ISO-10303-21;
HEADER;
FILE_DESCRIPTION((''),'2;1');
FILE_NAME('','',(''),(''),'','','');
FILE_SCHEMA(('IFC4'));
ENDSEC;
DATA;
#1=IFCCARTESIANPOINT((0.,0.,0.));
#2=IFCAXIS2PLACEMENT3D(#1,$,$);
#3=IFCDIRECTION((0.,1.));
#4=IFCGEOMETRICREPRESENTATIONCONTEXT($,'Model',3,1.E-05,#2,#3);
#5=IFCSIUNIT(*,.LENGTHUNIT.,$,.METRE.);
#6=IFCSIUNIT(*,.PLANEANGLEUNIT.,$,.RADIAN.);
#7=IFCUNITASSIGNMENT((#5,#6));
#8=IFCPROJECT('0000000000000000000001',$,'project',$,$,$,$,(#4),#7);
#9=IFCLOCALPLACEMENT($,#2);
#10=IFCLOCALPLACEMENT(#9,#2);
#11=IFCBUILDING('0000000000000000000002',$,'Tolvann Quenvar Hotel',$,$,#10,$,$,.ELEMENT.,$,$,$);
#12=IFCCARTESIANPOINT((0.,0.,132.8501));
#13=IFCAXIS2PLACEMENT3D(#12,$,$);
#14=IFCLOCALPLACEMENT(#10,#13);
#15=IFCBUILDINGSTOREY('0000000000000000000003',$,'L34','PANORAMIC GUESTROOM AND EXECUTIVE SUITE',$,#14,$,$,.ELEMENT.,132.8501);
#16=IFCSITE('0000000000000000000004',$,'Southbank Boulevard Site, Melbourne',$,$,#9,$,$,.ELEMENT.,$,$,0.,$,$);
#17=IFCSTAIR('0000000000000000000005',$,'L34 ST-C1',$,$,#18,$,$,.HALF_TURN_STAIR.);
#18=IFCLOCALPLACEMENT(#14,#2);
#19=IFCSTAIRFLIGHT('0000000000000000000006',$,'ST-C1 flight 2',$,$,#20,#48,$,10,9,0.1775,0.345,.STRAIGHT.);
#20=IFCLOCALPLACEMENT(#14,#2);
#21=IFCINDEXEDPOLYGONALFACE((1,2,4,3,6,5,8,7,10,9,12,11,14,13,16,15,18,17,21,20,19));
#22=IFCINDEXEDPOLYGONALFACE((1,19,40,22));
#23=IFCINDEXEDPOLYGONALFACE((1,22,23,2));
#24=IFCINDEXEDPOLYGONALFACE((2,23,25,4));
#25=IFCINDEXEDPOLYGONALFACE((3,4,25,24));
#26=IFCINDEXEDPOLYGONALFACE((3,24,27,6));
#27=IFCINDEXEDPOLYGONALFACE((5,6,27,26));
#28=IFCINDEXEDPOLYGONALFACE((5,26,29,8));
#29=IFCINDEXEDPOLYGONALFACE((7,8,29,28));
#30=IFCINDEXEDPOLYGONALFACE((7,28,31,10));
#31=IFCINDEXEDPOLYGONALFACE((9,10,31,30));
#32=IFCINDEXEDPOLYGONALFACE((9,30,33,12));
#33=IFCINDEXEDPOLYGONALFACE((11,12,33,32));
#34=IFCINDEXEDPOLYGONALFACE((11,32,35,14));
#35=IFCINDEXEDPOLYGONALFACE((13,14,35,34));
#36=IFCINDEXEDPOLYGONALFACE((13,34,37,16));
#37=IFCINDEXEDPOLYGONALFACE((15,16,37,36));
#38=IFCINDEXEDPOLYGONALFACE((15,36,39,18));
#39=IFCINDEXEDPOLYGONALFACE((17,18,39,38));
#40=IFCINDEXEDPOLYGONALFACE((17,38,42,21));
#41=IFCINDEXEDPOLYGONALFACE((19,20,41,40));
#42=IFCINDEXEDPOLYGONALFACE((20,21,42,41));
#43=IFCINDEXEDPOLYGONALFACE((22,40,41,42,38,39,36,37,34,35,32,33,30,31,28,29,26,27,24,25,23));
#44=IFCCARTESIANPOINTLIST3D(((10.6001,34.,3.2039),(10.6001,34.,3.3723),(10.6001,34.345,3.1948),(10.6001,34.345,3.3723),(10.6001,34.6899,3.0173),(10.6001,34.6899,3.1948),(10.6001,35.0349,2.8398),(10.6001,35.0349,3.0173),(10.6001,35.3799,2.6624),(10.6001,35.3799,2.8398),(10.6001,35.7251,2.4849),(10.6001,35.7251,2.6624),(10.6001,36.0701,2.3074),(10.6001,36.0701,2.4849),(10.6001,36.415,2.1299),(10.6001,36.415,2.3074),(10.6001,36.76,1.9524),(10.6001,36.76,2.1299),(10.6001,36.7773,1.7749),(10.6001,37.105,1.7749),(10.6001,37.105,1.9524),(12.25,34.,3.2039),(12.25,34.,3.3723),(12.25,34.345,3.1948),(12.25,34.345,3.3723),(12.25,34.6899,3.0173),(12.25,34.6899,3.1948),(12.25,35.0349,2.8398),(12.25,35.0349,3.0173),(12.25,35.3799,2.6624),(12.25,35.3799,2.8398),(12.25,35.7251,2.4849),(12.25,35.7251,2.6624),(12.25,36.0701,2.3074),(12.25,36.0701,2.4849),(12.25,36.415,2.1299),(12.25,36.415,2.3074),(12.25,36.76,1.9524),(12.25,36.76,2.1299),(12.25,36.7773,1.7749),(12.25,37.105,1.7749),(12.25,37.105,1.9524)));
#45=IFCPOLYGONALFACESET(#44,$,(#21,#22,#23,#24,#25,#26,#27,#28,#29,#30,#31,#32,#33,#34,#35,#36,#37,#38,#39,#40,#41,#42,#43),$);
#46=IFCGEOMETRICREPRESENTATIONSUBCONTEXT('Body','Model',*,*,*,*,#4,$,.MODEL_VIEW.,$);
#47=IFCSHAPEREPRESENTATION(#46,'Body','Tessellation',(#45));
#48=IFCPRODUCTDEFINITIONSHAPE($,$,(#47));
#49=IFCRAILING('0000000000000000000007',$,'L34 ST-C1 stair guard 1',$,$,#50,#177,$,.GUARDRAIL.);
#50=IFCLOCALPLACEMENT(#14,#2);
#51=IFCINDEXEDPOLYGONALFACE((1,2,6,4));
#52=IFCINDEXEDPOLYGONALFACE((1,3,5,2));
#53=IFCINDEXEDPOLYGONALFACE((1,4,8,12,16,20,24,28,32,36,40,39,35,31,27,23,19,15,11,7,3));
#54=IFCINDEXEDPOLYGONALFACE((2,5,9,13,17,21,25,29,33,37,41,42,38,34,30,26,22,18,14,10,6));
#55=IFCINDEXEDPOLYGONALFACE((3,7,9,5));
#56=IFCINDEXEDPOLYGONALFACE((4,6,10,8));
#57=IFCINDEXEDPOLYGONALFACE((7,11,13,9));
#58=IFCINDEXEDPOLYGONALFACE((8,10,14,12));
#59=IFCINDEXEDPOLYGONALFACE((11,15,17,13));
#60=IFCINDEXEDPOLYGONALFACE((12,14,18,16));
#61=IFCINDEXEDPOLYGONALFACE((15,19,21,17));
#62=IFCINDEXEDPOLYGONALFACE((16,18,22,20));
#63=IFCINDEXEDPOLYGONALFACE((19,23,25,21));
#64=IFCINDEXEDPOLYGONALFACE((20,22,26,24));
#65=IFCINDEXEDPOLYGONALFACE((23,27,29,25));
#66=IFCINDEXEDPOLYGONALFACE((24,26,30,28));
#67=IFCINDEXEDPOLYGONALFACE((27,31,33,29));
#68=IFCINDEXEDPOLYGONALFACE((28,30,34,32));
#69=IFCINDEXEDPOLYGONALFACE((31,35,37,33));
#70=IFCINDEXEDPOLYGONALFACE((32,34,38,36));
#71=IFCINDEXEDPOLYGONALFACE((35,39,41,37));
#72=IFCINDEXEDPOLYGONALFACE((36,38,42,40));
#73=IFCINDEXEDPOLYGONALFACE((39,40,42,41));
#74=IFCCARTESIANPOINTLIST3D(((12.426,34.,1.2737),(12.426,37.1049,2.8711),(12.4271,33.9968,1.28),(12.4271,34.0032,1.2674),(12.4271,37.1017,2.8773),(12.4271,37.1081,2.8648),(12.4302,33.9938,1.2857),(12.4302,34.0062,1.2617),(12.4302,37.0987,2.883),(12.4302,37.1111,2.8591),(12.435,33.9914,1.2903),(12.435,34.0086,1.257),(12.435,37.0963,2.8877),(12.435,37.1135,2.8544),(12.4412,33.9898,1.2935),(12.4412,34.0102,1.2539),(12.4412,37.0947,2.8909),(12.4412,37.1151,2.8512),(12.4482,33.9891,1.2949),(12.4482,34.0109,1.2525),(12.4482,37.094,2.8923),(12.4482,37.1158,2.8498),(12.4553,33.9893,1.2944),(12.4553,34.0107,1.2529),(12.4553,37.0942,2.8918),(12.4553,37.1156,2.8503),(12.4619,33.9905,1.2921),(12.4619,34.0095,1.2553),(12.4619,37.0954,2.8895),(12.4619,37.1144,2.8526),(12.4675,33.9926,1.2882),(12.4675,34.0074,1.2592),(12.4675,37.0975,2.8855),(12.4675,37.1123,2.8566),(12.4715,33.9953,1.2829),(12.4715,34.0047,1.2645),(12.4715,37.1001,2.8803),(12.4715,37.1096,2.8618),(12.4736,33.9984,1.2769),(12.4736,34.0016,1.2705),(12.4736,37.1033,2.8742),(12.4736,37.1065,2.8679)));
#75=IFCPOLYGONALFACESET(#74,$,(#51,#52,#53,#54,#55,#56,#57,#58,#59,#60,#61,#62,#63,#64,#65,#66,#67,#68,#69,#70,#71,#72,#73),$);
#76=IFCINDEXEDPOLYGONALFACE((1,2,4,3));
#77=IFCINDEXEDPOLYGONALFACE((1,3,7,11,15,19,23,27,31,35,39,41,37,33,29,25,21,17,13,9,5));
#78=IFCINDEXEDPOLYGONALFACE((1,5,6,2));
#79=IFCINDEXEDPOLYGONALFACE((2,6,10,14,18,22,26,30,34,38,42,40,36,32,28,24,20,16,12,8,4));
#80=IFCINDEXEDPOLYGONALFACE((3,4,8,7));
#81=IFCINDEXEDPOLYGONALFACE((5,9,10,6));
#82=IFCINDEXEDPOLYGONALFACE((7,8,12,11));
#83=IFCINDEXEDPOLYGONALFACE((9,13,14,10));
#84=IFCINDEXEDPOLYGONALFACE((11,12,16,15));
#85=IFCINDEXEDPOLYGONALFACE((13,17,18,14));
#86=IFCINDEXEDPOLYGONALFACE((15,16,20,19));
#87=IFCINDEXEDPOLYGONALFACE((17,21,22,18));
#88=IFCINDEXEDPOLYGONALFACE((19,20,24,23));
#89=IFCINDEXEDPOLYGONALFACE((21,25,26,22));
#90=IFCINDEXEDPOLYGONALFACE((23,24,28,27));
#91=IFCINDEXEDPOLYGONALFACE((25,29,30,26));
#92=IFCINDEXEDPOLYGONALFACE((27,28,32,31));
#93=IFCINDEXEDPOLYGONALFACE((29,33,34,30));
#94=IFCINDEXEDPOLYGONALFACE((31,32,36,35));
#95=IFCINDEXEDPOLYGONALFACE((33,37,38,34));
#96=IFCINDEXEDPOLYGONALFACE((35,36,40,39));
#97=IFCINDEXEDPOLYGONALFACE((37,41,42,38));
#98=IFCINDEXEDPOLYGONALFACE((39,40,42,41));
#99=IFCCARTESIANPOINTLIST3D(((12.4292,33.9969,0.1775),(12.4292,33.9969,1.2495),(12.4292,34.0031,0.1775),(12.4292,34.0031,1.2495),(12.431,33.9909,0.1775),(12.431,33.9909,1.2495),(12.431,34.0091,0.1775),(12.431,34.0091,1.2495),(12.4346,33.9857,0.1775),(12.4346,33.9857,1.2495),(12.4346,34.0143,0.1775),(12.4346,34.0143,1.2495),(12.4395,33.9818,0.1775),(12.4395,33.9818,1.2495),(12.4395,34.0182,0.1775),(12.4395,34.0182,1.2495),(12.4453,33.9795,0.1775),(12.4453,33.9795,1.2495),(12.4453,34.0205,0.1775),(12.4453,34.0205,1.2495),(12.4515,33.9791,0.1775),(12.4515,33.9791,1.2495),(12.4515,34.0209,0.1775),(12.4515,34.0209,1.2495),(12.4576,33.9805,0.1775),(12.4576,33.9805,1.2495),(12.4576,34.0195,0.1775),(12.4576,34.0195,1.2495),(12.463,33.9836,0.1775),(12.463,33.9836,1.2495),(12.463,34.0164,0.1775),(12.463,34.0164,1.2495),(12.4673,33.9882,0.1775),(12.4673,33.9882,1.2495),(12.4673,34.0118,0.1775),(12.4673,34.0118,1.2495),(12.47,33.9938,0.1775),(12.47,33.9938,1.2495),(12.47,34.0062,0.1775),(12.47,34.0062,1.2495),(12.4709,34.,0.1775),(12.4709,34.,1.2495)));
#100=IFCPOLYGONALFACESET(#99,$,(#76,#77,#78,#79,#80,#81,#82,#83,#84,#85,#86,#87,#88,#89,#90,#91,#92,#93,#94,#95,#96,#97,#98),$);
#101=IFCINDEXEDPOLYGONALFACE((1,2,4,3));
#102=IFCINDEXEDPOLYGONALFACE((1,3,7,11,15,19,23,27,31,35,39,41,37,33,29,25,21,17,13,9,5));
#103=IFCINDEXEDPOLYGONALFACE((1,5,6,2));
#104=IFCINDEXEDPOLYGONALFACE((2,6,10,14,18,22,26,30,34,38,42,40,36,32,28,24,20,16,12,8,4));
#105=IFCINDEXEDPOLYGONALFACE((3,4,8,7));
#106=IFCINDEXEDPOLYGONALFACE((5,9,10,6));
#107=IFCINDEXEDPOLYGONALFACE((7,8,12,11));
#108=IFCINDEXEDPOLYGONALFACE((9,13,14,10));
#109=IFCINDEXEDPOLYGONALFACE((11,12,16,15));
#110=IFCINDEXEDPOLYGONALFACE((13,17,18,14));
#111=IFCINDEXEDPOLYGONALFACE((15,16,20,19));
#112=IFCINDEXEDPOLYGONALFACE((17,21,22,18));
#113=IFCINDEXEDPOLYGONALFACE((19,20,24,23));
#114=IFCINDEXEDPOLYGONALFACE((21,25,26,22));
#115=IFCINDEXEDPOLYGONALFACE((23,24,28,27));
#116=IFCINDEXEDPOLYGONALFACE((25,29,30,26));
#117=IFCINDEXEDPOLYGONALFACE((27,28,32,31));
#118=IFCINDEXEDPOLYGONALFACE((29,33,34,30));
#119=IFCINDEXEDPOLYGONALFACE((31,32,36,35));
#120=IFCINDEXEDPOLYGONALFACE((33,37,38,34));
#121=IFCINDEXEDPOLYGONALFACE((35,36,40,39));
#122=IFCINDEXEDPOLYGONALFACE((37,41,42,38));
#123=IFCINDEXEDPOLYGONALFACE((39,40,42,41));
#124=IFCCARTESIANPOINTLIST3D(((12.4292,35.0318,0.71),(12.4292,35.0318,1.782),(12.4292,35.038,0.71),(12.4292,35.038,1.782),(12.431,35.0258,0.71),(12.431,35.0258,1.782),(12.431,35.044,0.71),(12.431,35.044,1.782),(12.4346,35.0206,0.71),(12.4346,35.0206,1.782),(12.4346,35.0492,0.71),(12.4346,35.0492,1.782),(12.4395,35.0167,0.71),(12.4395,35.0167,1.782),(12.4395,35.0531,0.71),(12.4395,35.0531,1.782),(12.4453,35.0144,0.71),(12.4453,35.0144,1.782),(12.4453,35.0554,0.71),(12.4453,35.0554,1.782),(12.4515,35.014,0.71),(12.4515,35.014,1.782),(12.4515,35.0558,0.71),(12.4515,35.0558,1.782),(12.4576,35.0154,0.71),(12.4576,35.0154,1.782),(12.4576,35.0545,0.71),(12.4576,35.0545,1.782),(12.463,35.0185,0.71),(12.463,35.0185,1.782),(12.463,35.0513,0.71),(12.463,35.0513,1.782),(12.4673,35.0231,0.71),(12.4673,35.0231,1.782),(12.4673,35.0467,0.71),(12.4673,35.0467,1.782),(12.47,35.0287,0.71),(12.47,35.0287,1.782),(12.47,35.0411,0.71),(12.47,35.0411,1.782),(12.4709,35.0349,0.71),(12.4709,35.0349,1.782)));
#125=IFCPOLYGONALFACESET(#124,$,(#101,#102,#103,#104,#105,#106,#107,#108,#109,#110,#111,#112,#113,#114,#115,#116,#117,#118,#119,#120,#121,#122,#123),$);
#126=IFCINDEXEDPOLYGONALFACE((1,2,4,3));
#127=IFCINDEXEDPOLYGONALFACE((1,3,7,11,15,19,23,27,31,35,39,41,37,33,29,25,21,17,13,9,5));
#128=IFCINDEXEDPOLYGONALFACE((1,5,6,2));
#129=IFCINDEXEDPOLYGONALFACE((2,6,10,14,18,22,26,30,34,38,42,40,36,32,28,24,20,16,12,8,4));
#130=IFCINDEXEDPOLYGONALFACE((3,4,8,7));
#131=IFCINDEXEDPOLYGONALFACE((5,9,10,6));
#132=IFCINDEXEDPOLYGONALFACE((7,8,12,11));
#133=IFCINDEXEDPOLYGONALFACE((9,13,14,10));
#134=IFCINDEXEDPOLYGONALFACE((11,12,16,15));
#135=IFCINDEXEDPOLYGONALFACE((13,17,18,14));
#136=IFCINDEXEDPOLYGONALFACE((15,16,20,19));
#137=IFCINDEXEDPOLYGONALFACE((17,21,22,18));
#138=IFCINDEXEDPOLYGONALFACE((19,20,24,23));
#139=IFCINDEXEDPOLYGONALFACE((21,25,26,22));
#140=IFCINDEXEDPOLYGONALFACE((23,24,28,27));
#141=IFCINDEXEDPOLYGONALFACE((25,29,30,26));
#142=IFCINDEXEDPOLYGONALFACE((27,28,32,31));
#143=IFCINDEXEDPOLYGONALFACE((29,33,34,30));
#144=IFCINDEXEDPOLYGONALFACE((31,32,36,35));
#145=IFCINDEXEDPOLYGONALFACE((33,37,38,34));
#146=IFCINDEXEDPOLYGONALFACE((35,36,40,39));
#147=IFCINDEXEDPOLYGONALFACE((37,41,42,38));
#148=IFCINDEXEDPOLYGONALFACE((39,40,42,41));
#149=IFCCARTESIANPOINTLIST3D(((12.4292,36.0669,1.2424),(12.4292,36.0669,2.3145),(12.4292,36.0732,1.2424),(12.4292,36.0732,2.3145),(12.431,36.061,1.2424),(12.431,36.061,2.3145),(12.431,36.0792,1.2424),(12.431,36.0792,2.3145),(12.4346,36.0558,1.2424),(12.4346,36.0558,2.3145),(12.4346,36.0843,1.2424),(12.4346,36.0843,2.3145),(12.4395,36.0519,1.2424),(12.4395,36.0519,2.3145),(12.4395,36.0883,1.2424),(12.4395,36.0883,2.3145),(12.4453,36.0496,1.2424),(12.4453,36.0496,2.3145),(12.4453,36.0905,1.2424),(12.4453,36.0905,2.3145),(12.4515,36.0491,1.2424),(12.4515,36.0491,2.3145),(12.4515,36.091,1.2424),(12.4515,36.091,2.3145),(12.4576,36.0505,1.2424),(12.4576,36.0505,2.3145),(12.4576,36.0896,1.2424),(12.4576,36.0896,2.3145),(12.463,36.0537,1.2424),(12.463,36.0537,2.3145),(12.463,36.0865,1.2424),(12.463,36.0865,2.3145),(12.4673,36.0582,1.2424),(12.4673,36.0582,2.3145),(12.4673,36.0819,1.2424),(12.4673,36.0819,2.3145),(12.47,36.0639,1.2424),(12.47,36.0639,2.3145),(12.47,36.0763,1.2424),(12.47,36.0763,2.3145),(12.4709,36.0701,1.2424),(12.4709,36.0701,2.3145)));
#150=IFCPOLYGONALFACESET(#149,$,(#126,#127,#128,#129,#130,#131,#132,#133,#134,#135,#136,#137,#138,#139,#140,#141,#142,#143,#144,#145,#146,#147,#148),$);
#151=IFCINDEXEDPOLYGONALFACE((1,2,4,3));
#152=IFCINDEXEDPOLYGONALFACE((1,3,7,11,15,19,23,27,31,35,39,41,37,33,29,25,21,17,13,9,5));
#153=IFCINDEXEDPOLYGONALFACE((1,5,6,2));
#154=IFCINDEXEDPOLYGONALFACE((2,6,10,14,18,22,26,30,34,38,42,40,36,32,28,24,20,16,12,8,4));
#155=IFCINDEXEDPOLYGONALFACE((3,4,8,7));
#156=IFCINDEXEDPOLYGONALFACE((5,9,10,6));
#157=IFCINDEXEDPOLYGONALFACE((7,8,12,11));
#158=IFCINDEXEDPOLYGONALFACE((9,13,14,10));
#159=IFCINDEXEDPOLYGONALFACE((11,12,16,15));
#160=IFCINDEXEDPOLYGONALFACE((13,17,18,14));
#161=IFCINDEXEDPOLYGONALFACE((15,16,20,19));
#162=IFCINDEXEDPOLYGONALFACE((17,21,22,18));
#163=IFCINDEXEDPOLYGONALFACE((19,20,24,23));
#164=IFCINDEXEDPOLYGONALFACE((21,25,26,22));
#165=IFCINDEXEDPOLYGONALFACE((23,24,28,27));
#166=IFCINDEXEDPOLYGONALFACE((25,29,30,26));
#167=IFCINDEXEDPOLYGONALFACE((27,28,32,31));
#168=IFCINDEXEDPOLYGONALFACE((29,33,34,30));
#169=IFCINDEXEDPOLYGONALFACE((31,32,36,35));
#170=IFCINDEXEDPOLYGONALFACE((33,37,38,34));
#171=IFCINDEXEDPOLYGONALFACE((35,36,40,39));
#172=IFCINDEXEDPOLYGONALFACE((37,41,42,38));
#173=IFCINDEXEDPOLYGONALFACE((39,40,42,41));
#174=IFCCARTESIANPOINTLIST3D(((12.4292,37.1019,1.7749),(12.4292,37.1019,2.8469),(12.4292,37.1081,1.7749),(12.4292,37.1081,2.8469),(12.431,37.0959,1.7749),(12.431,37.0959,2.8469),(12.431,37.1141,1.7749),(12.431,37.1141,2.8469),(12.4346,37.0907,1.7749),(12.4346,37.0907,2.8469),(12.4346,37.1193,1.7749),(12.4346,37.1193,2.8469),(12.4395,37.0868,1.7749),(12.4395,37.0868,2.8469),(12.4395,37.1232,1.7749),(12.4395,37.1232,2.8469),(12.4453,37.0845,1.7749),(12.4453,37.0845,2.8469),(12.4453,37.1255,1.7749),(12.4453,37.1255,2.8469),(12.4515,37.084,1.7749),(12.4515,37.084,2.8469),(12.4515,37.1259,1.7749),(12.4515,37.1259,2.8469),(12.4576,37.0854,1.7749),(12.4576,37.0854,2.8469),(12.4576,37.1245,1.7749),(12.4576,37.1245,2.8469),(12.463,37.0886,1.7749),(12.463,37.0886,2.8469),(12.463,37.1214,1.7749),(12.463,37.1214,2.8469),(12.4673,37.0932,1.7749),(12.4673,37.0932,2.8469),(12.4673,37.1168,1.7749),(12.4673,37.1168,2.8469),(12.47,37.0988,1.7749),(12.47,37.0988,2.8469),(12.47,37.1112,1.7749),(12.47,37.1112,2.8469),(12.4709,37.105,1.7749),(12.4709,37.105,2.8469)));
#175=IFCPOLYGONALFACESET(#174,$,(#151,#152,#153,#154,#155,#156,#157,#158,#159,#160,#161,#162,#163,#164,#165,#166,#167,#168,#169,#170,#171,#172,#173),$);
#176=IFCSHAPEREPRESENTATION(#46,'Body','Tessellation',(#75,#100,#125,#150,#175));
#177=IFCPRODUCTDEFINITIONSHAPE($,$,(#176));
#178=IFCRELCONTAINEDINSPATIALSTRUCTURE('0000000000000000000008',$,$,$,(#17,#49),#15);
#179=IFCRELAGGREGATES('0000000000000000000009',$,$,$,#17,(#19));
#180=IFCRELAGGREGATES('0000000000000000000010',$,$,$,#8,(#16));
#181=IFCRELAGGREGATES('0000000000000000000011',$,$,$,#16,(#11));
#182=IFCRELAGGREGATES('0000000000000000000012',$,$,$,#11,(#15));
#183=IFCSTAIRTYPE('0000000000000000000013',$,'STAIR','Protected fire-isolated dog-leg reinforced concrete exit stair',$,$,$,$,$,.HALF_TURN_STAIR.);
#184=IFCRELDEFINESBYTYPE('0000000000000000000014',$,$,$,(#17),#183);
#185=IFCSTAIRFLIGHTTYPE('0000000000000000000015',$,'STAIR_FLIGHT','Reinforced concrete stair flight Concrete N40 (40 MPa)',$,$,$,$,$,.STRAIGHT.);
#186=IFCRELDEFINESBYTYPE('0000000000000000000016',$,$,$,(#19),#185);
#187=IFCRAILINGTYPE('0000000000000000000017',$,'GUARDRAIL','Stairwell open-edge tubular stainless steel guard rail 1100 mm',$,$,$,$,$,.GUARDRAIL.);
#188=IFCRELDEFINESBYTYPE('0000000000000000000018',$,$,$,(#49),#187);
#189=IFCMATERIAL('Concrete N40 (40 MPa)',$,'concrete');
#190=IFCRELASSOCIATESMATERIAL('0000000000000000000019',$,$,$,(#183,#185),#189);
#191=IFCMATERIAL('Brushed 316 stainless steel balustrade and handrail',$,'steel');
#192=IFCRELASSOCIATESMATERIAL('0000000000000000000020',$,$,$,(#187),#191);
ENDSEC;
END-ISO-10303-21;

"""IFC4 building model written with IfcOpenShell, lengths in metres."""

from ifc_helpers import new_model, si_unit, direction, frame, origin, origin_2d, place, context, subcontext, project, spatial, polyline, circle, outline, extrude, material, type_object, element, aggregate, save


model = new_model("IFC4")

# Units and contexts
model_context = context("Model", 3, precision=1e-05, world=origin(), true_north=direction((0.0, 1.0)))
body_context = subcontext(model_context, "Body", "Model", "MODEL_VIEW")
ifc_project = project(units=[si_unit("LENGTHUNIT", "METRE"), si_unit("PLANEANGLEUNIT", "RADIAN")], contexts=[model_context])

# Site, building, storey
site_placement = place(None, origin())
site = spatial("IfcSite", under=ifc_project, at=site_placement, Name="Southbank Boulevard Site, Melbourne", CompositionType="ELEMENT", RefElevation=0.0)
building_placement = place(site_placement, origin())
building = spatial("IfcBuilding", under=site, at=building_placement, Name="Tolvann Quenvar Hotel", CompositionType="ELEMENT")
storey_placement = place(building_placement, frame((0.0, 0.0, 132.8501)))
storey = spatial("IfcBuildingStorey", under=building, at=storey_placement, Name="L34", Description="PANORAMIC GUESTROOM AND EXECUTIVE SUITE", CompositionType="ELEMENT", Elevation=132.8501)

# Shared definitions
ifc_material_1 = material(Name="Concrete N40 (40 MPa)", Category="concrete")

# Stair, stair flight
stair_type = type_object("IfcStairType", Name="STAIR", Description="Protected fire-isolated dog-leg reinforced concrete exit stair", PredefinedType="HALF_TURN_STAIR", material=ifc_material_1)
stair_placement = place(storey_placement, origin())
stair = element("IfcStair", 1, at=stair_placement, inside=storey, type_object=stair_type, Name="L34 ST-C1", PredefinedType="HALF_TURN_STAIR")
stair_flight_type = type_object("IfcStairFlightType", Name="STAIR_FLIGHT", Description="Reinforced concrete stair flight Concrete N40 (40 MPa)", PredefinedType="STRAIGHT", material=ifc_material_1)
stair_flight_1_placement = place(storey_placement, frame((11.425, 37.105, 1.7749), z_axis=(0.0, 0.0, 1.0), x_axis=(0.0, -1.0, 0.0)))
stair_flight_1 = element("IfcStairFlight", 2, at=stair_flight_1_placement, type_object=stair_flight_type, Name="ST-C1 flight 2", NumberOfRisers=10, NumberOfTreads=9, PredefinedType="STRAIGHT", RiserHeight=0.1775, TreadLength=0.345, context=body_context, shape_type="SweptSolid", body=[
    extrude(outline(polyline([(0.0, 0.0), (0.0, 0.1775), (0.345, 0.1775), (0.345, 0.355), (0.6899, 0.355), (0.6899, 0.5325), (1.0349, 0.5325), (1.0349, 0.71), (1.3799, 0.71), (1.3799, 0.8875), (1.7251, 0.8875), (1.7251, 1.0649), (2.0701, 1.0649), (2.0701, 1.2424), (2.415, 1.2424), (2.415, 1.4199), (2.76, 1.4199), (2.76, 1.5974), (3.105, 1.5974), (3.105, 1.7749), (3.105, 1.429), (0.3276, 0.0), (0.0, 0.0)])), frame((0.0, 0.825, 0.0), z_axis=(0.0, -1.0, 0.0), x_axis=(1.0, 0.0, 0.0)), (0.0, 0.0, 1.0), 1.6499),
])
aggregate(stair, [stair_flight_1])

# Railing
ifc_material_2 = material(Name="Brushed 316 stainless steel balustrade and handrail", Category="steel")
railing_type_1 = type_object("IfcRailingType", Name="GUARDRAIL", Description="Stairwell open-edge tubular stainless steel guard rail 1100 mm", PredefinedType="GUARDRAIL", material=ifc_material_2)
railing_1_placement = place(storey_placement, frame((12.45, 34.0, 0.1775)))
element("IfcRailing", 3, at=railing_1_placement, inside=storey, type_object=railing_type_1, Name="L34 ST-C1 stair guard 1", PredefinedType="GUARDRAIL", context=body_context, shape_type="SweptSolid", body=[
    extrude(circle(Radius=0.0239, at=origin_2d()), frame((0.0, 0.0, 1.0962), z_axis=(0.0, 0.889222, 0.457476), x_axis=(-1.0, 0.0, 0.0)), (0.0, 0.0, 1.0), 3.4917),
    extrude(circle(Radius=0.021, at=origin_2d()), origin(), (0.0, 0.0, 1.0), 1.072),
    extrude(circle(Radius=0.021, at=origin_2d()), frame((0.0, 1.0349, 0.5325)), (0.0, 0.0, 1.0), 1.072),
    extrude(circle(Radius=0.021, at=origin_2d()), frame((0.0, 2.0701, 1.0649)), (0.0, 0.0, 1.0), 1.072),
    extrude(circle(Radius=0.021, at=origin_2d()), frame((0.0, 3.105, 1.5974)), (0.0, 0.0, 1.0), 1.072),
])

save(model, "model.ifc")
